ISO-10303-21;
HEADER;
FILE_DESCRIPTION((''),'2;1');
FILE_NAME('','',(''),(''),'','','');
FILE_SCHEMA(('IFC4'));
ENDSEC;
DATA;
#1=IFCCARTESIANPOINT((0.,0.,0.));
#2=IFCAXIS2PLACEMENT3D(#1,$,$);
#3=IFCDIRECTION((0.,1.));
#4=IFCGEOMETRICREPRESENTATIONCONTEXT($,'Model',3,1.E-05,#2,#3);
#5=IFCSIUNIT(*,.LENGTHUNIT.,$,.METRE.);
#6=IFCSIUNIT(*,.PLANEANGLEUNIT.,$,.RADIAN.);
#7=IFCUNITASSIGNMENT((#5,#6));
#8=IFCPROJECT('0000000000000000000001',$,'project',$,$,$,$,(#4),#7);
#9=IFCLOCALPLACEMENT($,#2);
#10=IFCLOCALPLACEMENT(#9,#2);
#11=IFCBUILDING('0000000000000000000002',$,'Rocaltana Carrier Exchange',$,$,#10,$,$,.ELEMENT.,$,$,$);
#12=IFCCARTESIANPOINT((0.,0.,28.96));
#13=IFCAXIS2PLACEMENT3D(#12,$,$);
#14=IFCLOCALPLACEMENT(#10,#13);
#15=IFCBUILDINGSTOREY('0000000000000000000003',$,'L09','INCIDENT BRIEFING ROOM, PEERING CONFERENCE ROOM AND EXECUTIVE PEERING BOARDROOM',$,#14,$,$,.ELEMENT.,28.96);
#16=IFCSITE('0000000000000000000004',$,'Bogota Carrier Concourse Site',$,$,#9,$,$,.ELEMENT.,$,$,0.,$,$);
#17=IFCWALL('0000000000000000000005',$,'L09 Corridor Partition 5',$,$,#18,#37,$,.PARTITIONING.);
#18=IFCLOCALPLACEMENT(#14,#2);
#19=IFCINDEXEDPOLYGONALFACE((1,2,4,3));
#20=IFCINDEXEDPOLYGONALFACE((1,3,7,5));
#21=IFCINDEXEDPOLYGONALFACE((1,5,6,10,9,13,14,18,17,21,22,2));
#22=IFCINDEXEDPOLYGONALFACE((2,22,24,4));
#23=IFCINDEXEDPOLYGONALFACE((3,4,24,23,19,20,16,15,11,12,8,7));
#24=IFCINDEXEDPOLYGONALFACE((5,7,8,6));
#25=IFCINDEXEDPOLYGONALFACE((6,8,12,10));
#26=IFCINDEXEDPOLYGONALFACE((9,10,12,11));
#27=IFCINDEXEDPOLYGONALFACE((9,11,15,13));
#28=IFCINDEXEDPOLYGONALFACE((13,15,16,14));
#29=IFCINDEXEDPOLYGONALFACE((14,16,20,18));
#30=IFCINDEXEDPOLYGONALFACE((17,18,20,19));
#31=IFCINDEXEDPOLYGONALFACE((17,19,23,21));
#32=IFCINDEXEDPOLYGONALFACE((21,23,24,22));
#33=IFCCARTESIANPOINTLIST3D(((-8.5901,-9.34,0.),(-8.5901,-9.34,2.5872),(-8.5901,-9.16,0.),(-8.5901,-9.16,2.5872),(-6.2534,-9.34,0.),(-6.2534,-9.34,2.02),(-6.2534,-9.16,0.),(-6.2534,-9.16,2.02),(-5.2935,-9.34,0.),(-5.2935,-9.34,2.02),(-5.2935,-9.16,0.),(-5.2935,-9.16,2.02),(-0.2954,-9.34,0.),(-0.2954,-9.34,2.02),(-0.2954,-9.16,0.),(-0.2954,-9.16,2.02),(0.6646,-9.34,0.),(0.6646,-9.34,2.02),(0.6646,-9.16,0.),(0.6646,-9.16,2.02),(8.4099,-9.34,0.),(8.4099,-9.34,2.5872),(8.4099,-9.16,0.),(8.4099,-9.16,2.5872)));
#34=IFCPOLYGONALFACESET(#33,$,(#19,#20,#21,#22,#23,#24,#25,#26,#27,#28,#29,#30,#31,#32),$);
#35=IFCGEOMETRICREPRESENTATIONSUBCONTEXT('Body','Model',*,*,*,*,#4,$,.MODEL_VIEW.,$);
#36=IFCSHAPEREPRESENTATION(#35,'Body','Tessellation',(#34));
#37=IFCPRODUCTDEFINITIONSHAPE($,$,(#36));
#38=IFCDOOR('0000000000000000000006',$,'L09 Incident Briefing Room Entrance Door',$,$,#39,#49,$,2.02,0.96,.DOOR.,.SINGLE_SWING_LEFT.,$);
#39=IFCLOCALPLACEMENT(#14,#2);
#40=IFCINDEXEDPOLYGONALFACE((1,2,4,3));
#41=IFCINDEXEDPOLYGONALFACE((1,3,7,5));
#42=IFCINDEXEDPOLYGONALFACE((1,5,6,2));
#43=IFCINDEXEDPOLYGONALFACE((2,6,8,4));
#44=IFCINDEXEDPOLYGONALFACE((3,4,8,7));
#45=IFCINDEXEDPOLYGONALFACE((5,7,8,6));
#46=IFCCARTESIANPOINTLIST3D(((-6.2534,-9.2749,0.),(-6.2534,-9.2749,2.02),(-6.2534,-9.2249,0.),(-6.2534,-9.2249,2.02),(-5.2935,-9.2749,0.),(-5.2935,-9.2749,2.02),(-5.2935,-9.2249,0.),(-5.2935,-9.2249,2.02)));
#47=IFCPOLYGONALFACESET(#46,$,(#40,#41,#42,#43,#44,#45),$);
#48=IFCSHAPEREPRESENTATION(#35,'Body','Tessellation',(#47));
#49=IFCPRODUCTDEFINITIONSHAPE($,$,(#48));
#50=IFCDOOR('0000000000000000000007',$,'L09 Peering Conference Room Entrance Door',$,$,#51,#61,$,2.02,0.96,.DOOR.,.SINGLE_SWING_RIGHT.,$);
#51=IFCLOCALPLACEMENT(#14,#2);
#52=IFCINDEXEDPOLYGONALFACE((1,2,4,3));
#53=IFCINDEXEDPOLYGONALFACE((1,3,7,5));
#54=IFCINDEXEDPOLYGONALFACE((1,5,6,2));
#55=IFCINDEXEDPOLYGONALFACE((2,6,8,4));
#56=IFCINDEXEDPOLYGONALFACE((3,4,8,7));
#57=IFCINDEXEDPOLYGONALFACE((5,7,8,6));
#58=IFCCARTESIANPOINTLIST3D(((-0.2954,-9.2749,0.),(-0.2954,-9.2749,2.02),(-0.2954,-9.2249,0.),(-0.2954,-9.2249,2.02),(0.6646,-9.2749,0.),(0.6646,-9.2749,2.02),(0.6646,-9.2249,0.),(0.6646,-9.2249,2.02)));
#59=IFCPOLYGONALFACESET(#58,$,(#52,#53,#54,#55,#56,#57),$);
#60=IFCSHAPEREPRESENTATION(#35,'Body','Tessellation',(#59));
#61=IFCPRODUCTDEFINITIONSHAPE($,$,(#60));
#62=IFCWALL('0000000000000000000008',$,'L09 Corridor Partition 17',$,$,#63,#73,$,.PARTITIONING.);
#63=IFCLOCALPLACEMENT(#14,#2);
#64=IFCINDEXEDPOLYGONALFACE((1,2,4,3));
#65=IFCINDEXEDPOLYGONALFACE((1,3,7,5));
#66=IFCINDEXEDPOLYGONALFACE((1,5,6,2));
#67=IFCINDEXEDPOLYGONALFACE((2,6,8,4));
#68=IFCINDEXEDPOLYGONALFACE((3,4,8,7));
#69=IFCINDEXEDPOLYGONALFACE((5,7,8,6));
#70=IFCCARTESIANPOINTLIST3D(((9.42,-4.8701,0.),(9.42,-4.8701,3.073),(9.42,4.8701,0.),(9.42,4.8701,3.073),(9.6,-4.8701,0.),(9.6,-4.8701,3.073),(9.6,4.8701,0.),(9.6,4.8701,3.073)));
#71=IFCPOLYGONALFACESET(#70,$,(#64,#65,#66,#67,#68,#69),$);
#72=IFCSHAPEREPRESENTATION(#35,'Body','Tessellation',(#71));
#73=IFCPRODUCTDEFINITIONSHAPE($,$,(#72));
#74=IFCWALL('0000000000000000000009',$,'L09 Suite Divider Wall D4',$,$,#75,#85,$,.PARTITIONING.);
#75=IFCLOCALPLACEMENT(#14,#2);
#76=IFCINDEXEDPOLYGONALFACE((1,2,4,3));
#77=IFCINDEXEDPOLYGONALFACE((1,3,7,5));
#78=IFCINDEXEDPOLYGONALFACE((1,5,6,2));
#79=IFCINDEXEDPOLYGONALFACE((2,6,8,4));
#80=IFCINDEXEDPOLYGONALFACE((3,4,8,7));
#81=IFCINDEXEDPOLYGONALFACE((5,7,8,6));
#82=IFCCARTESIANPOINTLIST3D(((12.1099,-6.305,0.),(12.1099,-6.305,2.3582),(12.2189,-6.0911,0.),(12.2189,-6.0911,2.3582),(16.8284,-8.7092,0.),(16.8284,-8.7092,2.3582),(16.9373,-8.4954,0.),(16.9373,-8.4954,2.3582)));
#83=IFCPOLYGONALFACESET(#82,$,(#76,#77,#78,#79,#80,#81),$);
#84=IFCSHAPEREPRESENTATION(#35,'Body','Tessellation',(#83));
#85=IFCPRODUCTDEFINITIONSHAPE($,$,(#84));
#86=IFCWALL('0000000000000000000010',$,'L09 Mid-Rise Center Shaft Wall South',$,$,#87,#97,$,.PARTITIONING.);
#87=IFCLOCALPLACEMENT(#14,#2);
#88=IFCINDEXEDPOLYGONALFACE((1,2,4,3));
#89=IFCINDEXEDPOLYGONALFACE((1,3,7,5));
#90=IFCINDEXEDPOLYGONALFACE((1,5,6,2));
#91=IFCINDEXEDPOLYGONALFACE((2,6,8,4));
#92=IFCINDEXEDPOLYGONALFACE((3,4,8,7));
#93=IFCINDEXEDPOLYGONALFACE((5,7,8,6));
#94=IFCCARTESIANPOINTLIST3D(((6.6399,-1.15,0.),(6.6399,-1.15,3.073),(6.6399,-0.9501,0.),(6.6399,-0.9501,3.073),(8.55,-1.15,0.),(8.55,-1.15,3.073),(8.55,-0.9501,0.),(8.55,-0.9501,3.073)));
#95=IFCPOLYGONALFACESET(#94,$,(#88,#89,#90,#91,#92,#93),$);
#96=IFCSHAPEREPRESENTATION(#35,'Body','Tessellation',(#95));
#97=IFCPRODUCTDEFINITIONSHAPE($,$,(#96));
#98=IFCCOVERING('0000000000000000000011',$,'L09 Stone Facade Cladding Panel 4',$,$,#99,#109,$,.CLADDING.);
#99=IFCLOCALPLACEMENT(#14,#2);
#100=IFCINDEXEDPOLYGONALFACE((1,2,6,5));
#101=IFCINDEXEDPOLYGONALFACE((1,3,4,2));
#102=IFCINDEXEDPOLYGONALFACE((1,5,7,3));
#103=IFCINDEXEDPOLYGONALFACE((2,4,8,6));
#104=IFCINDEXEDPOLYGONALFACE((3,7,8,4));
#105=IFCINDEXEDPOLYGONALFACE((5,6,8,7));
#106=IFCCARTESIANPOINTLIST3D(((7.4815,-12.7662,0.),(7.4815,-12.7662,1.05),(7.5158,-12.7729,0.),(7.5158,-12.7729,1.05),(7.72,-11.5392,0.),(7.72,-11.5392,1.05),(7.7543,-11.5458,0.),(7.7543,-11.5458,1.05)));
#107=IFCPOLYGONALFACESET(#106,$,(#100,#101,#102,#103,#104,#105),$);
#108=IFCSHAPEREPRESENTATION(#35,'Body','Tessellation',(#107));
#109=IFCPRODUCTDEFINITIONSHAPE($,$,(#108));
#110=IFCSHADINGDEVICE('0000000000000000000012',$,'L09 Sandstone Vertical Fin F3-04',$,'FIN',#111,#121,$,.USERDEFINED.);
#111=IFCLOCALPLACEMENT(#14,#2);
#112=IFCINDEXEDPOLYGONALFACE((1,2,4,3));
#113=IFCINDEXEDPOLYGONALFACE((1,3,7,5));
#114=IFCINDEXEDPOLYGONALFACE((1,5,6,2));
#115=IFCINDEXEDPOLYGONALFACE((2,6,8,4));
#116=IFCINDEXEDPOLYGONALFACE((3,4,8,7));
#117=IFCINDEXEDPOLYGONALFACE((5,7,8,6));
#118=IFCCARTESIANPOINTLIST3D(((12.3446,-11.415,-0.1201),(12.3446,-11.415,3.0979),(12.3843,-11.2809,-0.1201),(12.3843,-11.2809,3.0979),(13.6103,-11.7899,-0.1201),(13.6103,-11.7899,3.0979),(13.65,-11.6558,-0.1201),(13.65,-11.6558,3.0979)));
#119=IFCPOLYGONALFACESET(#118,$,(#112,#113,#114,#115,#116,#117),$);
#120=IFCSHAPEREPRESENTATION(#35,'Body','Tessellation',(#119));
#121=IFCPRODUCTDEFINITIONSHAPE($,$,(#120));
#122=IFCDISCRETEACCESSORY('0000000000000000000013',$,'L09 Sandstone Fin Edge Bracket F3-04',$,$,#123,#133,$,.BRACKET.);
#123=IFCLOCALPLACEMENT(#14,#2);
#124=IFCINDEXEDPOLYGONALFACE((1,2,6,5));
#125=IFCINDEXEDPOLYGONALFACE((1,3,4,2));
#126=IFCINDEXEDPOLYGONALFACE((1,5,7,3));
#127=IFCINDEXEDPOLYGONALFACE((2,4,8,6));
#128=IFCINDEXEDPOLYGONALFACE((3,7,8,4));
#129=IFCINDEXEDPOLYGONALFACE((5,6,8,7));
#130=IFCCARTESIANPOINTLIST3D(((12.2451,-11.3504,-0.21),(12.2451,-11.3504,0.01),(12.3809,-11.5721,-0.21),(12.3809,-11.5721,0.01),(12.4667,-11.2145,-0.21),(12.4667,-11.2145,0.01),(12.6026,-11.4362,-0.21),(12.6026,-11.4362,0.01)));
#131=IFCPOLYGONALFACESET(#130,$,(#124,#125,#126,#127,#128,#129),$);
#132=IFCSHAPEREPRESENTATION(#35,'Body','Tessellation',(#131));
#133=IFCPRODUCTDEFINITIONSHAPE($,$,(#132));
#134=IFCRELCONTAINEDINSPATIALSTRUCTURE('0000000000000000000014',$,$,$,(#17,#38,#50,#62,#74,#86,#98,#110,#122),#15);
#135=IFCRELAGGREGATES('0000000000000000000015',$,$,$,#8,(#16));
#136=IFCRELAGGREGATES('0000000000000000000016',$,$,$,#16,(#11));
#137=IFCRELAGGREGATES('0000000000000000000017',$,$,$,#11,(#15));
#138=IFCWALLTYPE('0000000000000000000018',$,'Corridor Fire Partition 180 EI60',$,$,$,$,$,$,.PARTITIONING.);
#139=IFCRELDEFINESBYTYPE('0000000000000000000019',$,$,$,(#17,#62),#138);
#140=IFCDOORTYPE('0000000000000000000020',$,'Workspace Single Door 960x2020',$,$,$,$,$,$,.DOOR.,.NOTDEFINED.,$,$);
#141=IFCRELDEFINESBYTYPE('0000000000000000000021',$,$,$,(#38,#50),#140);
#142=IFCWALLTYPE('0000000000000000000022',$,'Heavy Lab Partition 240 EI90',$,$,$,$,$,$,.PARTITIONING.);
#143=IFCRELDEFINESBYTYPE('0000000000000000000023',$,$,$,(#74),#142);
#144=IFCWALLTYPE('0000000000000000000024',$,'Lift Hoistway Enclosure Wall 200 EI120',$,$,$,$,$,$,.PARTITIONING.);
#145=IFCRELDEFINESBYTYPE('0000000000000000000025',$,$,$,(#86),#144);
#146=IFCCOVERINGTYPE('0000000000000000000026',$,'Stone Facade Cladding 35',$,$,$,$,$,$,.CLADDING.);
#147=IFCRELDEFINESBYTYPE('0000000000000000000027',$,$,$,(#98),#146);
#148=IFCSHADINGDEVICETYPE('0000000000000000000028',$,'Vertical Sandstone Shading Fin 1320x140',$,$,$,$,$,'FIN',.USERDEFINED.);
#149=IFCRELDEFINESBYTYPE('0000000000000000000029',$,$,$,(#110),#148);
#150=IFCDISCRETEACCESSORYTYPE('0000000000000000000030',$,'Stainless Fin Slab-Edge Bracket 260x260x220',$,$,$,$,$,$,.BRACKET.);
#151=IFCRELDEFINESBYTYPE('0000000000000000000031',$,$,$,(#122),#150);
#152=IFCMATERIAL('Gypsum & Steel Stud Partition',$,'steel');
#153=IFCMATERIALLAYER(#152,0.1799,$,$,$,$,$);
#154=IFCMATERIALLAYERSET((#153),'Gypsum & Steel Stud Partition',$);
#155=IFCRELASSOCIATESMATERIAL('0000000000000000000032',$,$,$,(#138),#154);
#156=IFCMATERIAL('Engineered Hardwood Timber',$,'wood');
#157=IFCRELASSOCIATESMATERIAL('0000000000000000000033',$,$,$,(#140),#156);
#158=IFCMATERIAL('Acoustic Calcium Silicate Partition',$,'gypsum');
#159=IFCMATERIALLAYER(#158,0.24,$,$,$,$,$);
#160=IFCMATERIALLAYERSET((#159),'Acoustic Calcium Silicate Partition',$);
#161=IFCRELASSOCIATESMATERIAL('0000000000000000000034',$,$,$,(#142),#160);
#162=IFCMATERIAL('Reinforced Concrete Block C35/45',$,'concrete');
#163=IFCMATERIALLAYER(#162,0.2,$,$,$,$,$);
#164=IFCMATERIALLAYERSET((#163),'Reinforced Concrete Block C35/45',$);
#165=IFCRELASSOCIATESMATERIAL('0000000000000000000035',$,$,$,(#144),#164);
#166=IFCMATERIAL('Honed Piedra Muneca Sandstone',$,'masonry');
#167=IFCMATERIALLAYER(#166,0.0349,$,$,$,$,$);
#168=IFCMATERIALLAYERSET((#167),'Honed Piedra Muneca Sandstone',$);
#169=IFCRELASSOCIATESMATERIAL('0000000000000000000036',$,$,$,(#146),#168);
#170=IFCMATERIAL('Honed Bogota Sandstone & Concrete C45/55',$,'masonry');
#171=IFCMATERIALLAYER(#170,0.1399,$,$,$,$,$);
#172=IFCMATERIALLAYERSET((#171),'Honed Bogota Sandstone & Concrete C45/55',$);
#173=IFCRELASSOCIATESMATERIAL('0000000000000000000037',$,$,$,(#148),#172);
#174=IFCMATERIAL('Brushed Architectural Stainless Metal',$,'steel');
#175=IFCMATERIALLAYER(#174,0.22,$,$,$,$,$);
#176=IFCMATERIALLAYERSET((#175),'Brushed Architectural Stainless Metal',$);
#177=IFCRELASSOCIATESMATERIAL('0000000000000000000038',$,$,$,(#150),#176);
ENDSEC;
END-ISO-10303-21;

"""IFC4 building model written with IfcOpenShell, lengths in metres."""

from ifc_helpers import new_model, si_unit, direction, frame, frame_2d, origin, origin_2d, place, context, subcontext, project, spatial, rectangle, extrude, material, layer, layer_set, type_object, element, fill, save


model = new_model("IFC4")

# Units and contexts
model_context = context("Model", 3, precision=1e-05, world=origin(), true_north=direction((0.0, 1.0)))
body_context = subcontext(model_context, "Body", "Model", "MODEL_VIEW")
ifc_project = project(units=[si_unit("LENGTHUNIT", "METRE"), si_unit("PLANEANGLEUNIT", "RADIAN")], contexts=[model_context])

# Site, building, storey
site_placement = place(None, origin())
site = spatial("IfcSite", under=ifc_project, at=site_placement, Name="Bogota Carrier Concourse Site", CompositionType="ELEMENT", RefElevation=0.0)
building_placement = place(site_placement, origin())
building = spatial("IfcBuilding", under=site, at=building_placement, Name="Rocaltana Carrier Exchange", CompositionType="ELEMENT")
storey_placement = place(building_placement, frame((0.0, 0.0, 28.96)))
storey = spatial("IfcBuildingStorey", under=building, at=storey_placement, Name="L09", Description="INCIDENT BRIEFING ROOM, PEERING CONFERENCE ROOM AND EXECUTIVE PEERING BOARDROOM", CompositionType="ELEMENT", Elevation=28.96)

# Shared definitions
ifc_material_1 = material(Name="Gypsum & Steel Stud Partition", Category="steel")
ifc_layer_1 = layer(ifc_material_1, 0.1799)
ifc_layer_set_1 = layer_set([ifc_layer_1], Name="Gypsum & Steel Stud Partition")
wall_type_1 = type_object("IfcWallType", Name="Corridor Fire Partition 180 EI60", PredefinedType="PARTITIONING", material=ifc_layer_set_1)

# Wall, openings, doors
wall_1_placement = place(storey_placement, frame((8.4099, -9.25, 0.0), z_axis=(0.0, 0.0, 1.0), x_axis=(-1.0, 0.0, 0.0)))
wall_1 = element("IfcWall", 1, at=wall_1_placement, inside=storey, type_object=wall_type_1, Name="L09 Corridor Partition 5", PredefinedType="PARTITIONING", context=body_context, shape_type="SweptSolid", body=[
    extrude(rectangle(XDim=17.0, YDim=0.1799, at=frame_2d((8.5, 0.0))), origin(), (0.0, 0.0, 1.0), 2.5872),
])
opening_1_placement = place(wall_1_placement, frame((13.7034, 0.0, 0.0)))
opening_1 = element("IfcOpeningElement", 2, at=opening_1_placement, cuts=wall_1, PredefinedType="OPENING", context=body_context, shape_type="SweptSolid", body=[
    extrude(rectangle(XDim=0.96, YDim=2.02, at=frame_2d((0.48, 1.01))), frame((0.0, 0.0999, 0.0), z_axis=(0.0, -1.0, 0.0), x_axis=(1.0, 0.0, 0.0)), (0.0, 0.0, 1.0), 0.2),
])
opening_2_placement = place(wall_1_placement, frame((7.7454, 0.0, 0.0)))
opening_2 = element("IfcOpeningElement", 3, at=opening_2_placement, cuts=wall_1, PredefinedType="OPENING", context=body_context, shape_type="SweptSolid", body=[
    extrude(rectangle(XDim=0.96, YDim=2.02, at=frame_2d((0.48, 1.01))), frame((0.0, 0.0999, 0.0), z_axis=(0.0, -1.0, 0.0), x_axis=(1.0, 0.0, 0.0)), (0.0, 0.0, 1.0), 0.2),
])
ifc_material_2 = material(Name="Engineered Hardwood Timber", Category="wood")
door_type_1 = type_object("IfcDoorType", Name="Workspace Single Door 960x2020", OperationType="NOTDEFINED", PredefinedType="DOOR", material=ifc_material_2)
door_1_placement = place(opening_1_placement, origin())
door_1 = element("IfcDoor", 4, at=door_1_placement, inside=storey, type_object=door_type_1, Name="L09 Incident Briefing Room Entrance Door", OperationType="SINGLE_SWING_LEFT", OverallHeight=2.02, OverallWidth=0.96, PredefinedType="DOOR", context=body_context, shape_type="SweptSolid", body=[
    extrude(rectangle(XDim=0.96, YDim=2.02, at=frame_2d((0.48, 1.01))), frame((0.0, 0.0249, 0.0), z_axis=(0.0, -1.0, 0.0), x_axis=(1.0, 0.0, 0.0)), (0.0, 0.0, 1.0), 0.05),
])
fill(opening_1, door_1)
door_2_placement = place(opening_2_placement, origin())
door_2 = element("IfcDoor", 5, at=door_2_placement, inside=storey, type_object=door_type_1, Name="L09 Peering Conference Room Entrance Door", OperationType="SINGLE_SWING_RIGHT", OverallHeight=2.02, OverallWidth=0.96, PredefinedType="DOOR", context=body_context, shape_type="SweptSolid", body=[
    extrude(rectangle(XDim=0.96, YDim=2.02, at=frame_2d((0.48, 1.01))), frame((0.0, 0.0249, 0.0), z_axis=(0.0, -1.0, 0.0), x_axis=(1.0, 0.0, 0.0)), (0.0, 0.0, 1.0), 0.05),
])
fill(opening_2, door_2)

# Walls
wall_2_placement = place(storey_placement, frame((9.51, -4.8701, 0.0), z_axis=(0.0, 0.0, 1.0), x_axis=(0.0, 1.0, 0.0)))
element("IfcWall", 6, at=wall_2_placement, inside=storey, type_object=wall_type_1, Name="L09 Corridor Partition 17", PredefinedType="PARTITIONING", context=body_context, shape_type="SweptSolid", body=[
    extrude(rectangle(XDim=9.7402, YDim=0.1799, at=frame_2d((4.8701, 0.0))), origin(), (0.0, 0.0, 1.0), 3.073),
])
ifc_material_3 = material(Name="Acoustic Calcium Silicate Partition", Category="gypsum")
ifc_layer_2 = layer(ifc_material_3, 0.24)
ifc_layer_set_2 = layer_set([ifc_layer_2], Name="Acoustic Calcium Silicate Partition")
wall_type_2 = type_object("IfcWallType", Name="Heavy Lab Partition 240 EI90", PredefinedType="PARTITIONING", material=ifc_layer_set_2)
wall_3_placement = place(storey_placement, frame((12.1643, -6.198, 0.0), z_axis=(0.0, 0.0, 1.0), x_axis=(0.890999, -0.454005, 0.0)))
element("IfcWall", 7, at=wall_3_placement, inside=storey, type_object=wall_type_2, Name="L09 Suite Divider Wall D4", PredefinedType="PARTITIONING", context=body_context, shape_type="SweptSolid", body=[
    extrude(rectangle(XDim=5.2957, YDim=0.24, at=frame_2d((2.6479, 0.0))), origin(), (0.0, 0.0, 1.0), 2.3582),
])
ifc_material_4 = material(Name="Reinforced Concrete Block C35/45", Category="concrete")
ifc_layer_3 = layer(ifc_material_4, 0.2)
ifc_layer_set_3 = layer_set([ifc_layer_3], Name="Reinforced Concrete Block C35/45")
wall_type_3 = type_object("IfcWallType", Name="Lift Hoistway Enclosure Wall 200 EI120", PredefinedType="PARTITIONING", material=ifc_layer_set_3)
wall_4_placement = place(storey_placement, frame((6.6399, -1.05, 0.0), z_axis=(0.0, 0.0, 1.0), x_axis=(1.0, 0.0, 0.0)))
element("IfcWall", 8, at=wall_4_placement, inside=storey, type_object=wall_type_3, Name="L09 Mid-Rise Center Shaft Wall South", PredefinedType="PARTITIONING", context=body_context, shape_type="SweptSolid", body=[
    extrude(rectangle(XDim=1.9102, YDim=0.2, at=frame_2d((0.9551, 0.0))), origin(), (0.0, 0.0, 1.0), 3.073),
])

# Covering
ifc_material_5 = material(Name="Honed Piedra Muneca Sandstone", Category="masonry")
ifc_layer_4 = layer(ifc_material_5, 0.0349)
ifc_layer_set_4 = layer_set([ifc_layer_4], Name="Honed Piedra Muneca Sandstone")
covering_type = type_object("IfcCoveringType", Name="Stone Facade Cladding 35", PredefinedType="CLADDING", material=ifc_layer_set_4)
covering_placement = place(storey_placement, frame((7.6179, -12.156, 0.0), z_axis=(0.0, 0.0, 1.0), x_axis=(0.190809, 0.981627, 0.0)))
element("IfcCovering", 9, at=covering_placement, inside=storey, type_object=covering_type, Name="L09 Stone Facade Cladding Panel 4", PredefinedType="CLADDING", context=body_context, shape_type="SweptSolid", body=[
    extrude(rectangle(XDim=1.25, YDim=0.0349, at=origin_2d()), origin(), (0.0, 0.0, 1.0), 1.05),
])

# Shading device
ifc_material_6 = material(Name="Honed Bogota Sandstone & Concrete C45/55", Category="masonry")
ifc_layer_5 = layer(ifc_material_6, 0.1399)
ifc_layer_set_5 = layer_set([ifc_layer_5], Name="Honed Bogota Sandstone & Concrete C45/55")
shading_device_type = type_object("IfcShadingDeviceType", Name="Vertical Sandstone Shading Fin 1320x140", ElementType="FIN", PredefinedType="USERDEFINED", material=ifc_layer_set_5)
shading_device_placement = place(storey_placement, frame((12.9973, -11.5354, -0.1201), z_axis=(0.0, 0.0, 1.0), x_axis=(0.95882, -0.284015, 0.0)))
element("IfcShadingDevice", 10, at=shading_device_placement, inside=storey, type_object=shading_device_type, Name="L09 Sandstone Vertical Fin F3-04", ObjectType="FIN", PredefinedType="USERDEFINED", context=body_context, shape_type="SweptSolid", body=[
    extrude(rectangle(XDim=1.3201, YDim=0.1399, at=origin_2d()), origin(), (0.0, 0.0, 1.0), 3.218),
])

# Discrete accessory
ifc_material_7 = material(Name="Brushed Architectural Stainless Metal", Category="steel")
ifc_layer_6 = layer(ifc_material_7, 0.22)
ifc_layer_set_6 = layer_set([ifc_layer_6], Name="Brushed Architectural Stainless Metal")
discrete_accessory_type = type_object("IfcDiscreteAccessoryType", Name="Stainless Fin Slab-Edge Bracket 260x260x220", PredefinedType="BRACKET", material=ifc_layer_set_6)
discrete_accessory_placement = place(storey_placement, frame((12.4238, -11.3933, -0.21), z_axis=(0.0, 0.0, 1.0), x_axis=(0.85264, 0.522499, 0.0)))
element("IfcDiscreteAccessory", 11, at=discrete_accessory_placement, inside=storey, type_object=discrete_accessory_type, Name="L09 Sandstone Fin Edge Bracket F3-04", PredefinedType="BRACKET", context=body_context, shape_type="SweptSolid", body=[
    extrude(rectangle(XDim=0.26, YDim=0.26, at=origin_2d()), origin(), (0.0, 0.0, 1.0), 0.22),
])

save(model, "model.ifc")
